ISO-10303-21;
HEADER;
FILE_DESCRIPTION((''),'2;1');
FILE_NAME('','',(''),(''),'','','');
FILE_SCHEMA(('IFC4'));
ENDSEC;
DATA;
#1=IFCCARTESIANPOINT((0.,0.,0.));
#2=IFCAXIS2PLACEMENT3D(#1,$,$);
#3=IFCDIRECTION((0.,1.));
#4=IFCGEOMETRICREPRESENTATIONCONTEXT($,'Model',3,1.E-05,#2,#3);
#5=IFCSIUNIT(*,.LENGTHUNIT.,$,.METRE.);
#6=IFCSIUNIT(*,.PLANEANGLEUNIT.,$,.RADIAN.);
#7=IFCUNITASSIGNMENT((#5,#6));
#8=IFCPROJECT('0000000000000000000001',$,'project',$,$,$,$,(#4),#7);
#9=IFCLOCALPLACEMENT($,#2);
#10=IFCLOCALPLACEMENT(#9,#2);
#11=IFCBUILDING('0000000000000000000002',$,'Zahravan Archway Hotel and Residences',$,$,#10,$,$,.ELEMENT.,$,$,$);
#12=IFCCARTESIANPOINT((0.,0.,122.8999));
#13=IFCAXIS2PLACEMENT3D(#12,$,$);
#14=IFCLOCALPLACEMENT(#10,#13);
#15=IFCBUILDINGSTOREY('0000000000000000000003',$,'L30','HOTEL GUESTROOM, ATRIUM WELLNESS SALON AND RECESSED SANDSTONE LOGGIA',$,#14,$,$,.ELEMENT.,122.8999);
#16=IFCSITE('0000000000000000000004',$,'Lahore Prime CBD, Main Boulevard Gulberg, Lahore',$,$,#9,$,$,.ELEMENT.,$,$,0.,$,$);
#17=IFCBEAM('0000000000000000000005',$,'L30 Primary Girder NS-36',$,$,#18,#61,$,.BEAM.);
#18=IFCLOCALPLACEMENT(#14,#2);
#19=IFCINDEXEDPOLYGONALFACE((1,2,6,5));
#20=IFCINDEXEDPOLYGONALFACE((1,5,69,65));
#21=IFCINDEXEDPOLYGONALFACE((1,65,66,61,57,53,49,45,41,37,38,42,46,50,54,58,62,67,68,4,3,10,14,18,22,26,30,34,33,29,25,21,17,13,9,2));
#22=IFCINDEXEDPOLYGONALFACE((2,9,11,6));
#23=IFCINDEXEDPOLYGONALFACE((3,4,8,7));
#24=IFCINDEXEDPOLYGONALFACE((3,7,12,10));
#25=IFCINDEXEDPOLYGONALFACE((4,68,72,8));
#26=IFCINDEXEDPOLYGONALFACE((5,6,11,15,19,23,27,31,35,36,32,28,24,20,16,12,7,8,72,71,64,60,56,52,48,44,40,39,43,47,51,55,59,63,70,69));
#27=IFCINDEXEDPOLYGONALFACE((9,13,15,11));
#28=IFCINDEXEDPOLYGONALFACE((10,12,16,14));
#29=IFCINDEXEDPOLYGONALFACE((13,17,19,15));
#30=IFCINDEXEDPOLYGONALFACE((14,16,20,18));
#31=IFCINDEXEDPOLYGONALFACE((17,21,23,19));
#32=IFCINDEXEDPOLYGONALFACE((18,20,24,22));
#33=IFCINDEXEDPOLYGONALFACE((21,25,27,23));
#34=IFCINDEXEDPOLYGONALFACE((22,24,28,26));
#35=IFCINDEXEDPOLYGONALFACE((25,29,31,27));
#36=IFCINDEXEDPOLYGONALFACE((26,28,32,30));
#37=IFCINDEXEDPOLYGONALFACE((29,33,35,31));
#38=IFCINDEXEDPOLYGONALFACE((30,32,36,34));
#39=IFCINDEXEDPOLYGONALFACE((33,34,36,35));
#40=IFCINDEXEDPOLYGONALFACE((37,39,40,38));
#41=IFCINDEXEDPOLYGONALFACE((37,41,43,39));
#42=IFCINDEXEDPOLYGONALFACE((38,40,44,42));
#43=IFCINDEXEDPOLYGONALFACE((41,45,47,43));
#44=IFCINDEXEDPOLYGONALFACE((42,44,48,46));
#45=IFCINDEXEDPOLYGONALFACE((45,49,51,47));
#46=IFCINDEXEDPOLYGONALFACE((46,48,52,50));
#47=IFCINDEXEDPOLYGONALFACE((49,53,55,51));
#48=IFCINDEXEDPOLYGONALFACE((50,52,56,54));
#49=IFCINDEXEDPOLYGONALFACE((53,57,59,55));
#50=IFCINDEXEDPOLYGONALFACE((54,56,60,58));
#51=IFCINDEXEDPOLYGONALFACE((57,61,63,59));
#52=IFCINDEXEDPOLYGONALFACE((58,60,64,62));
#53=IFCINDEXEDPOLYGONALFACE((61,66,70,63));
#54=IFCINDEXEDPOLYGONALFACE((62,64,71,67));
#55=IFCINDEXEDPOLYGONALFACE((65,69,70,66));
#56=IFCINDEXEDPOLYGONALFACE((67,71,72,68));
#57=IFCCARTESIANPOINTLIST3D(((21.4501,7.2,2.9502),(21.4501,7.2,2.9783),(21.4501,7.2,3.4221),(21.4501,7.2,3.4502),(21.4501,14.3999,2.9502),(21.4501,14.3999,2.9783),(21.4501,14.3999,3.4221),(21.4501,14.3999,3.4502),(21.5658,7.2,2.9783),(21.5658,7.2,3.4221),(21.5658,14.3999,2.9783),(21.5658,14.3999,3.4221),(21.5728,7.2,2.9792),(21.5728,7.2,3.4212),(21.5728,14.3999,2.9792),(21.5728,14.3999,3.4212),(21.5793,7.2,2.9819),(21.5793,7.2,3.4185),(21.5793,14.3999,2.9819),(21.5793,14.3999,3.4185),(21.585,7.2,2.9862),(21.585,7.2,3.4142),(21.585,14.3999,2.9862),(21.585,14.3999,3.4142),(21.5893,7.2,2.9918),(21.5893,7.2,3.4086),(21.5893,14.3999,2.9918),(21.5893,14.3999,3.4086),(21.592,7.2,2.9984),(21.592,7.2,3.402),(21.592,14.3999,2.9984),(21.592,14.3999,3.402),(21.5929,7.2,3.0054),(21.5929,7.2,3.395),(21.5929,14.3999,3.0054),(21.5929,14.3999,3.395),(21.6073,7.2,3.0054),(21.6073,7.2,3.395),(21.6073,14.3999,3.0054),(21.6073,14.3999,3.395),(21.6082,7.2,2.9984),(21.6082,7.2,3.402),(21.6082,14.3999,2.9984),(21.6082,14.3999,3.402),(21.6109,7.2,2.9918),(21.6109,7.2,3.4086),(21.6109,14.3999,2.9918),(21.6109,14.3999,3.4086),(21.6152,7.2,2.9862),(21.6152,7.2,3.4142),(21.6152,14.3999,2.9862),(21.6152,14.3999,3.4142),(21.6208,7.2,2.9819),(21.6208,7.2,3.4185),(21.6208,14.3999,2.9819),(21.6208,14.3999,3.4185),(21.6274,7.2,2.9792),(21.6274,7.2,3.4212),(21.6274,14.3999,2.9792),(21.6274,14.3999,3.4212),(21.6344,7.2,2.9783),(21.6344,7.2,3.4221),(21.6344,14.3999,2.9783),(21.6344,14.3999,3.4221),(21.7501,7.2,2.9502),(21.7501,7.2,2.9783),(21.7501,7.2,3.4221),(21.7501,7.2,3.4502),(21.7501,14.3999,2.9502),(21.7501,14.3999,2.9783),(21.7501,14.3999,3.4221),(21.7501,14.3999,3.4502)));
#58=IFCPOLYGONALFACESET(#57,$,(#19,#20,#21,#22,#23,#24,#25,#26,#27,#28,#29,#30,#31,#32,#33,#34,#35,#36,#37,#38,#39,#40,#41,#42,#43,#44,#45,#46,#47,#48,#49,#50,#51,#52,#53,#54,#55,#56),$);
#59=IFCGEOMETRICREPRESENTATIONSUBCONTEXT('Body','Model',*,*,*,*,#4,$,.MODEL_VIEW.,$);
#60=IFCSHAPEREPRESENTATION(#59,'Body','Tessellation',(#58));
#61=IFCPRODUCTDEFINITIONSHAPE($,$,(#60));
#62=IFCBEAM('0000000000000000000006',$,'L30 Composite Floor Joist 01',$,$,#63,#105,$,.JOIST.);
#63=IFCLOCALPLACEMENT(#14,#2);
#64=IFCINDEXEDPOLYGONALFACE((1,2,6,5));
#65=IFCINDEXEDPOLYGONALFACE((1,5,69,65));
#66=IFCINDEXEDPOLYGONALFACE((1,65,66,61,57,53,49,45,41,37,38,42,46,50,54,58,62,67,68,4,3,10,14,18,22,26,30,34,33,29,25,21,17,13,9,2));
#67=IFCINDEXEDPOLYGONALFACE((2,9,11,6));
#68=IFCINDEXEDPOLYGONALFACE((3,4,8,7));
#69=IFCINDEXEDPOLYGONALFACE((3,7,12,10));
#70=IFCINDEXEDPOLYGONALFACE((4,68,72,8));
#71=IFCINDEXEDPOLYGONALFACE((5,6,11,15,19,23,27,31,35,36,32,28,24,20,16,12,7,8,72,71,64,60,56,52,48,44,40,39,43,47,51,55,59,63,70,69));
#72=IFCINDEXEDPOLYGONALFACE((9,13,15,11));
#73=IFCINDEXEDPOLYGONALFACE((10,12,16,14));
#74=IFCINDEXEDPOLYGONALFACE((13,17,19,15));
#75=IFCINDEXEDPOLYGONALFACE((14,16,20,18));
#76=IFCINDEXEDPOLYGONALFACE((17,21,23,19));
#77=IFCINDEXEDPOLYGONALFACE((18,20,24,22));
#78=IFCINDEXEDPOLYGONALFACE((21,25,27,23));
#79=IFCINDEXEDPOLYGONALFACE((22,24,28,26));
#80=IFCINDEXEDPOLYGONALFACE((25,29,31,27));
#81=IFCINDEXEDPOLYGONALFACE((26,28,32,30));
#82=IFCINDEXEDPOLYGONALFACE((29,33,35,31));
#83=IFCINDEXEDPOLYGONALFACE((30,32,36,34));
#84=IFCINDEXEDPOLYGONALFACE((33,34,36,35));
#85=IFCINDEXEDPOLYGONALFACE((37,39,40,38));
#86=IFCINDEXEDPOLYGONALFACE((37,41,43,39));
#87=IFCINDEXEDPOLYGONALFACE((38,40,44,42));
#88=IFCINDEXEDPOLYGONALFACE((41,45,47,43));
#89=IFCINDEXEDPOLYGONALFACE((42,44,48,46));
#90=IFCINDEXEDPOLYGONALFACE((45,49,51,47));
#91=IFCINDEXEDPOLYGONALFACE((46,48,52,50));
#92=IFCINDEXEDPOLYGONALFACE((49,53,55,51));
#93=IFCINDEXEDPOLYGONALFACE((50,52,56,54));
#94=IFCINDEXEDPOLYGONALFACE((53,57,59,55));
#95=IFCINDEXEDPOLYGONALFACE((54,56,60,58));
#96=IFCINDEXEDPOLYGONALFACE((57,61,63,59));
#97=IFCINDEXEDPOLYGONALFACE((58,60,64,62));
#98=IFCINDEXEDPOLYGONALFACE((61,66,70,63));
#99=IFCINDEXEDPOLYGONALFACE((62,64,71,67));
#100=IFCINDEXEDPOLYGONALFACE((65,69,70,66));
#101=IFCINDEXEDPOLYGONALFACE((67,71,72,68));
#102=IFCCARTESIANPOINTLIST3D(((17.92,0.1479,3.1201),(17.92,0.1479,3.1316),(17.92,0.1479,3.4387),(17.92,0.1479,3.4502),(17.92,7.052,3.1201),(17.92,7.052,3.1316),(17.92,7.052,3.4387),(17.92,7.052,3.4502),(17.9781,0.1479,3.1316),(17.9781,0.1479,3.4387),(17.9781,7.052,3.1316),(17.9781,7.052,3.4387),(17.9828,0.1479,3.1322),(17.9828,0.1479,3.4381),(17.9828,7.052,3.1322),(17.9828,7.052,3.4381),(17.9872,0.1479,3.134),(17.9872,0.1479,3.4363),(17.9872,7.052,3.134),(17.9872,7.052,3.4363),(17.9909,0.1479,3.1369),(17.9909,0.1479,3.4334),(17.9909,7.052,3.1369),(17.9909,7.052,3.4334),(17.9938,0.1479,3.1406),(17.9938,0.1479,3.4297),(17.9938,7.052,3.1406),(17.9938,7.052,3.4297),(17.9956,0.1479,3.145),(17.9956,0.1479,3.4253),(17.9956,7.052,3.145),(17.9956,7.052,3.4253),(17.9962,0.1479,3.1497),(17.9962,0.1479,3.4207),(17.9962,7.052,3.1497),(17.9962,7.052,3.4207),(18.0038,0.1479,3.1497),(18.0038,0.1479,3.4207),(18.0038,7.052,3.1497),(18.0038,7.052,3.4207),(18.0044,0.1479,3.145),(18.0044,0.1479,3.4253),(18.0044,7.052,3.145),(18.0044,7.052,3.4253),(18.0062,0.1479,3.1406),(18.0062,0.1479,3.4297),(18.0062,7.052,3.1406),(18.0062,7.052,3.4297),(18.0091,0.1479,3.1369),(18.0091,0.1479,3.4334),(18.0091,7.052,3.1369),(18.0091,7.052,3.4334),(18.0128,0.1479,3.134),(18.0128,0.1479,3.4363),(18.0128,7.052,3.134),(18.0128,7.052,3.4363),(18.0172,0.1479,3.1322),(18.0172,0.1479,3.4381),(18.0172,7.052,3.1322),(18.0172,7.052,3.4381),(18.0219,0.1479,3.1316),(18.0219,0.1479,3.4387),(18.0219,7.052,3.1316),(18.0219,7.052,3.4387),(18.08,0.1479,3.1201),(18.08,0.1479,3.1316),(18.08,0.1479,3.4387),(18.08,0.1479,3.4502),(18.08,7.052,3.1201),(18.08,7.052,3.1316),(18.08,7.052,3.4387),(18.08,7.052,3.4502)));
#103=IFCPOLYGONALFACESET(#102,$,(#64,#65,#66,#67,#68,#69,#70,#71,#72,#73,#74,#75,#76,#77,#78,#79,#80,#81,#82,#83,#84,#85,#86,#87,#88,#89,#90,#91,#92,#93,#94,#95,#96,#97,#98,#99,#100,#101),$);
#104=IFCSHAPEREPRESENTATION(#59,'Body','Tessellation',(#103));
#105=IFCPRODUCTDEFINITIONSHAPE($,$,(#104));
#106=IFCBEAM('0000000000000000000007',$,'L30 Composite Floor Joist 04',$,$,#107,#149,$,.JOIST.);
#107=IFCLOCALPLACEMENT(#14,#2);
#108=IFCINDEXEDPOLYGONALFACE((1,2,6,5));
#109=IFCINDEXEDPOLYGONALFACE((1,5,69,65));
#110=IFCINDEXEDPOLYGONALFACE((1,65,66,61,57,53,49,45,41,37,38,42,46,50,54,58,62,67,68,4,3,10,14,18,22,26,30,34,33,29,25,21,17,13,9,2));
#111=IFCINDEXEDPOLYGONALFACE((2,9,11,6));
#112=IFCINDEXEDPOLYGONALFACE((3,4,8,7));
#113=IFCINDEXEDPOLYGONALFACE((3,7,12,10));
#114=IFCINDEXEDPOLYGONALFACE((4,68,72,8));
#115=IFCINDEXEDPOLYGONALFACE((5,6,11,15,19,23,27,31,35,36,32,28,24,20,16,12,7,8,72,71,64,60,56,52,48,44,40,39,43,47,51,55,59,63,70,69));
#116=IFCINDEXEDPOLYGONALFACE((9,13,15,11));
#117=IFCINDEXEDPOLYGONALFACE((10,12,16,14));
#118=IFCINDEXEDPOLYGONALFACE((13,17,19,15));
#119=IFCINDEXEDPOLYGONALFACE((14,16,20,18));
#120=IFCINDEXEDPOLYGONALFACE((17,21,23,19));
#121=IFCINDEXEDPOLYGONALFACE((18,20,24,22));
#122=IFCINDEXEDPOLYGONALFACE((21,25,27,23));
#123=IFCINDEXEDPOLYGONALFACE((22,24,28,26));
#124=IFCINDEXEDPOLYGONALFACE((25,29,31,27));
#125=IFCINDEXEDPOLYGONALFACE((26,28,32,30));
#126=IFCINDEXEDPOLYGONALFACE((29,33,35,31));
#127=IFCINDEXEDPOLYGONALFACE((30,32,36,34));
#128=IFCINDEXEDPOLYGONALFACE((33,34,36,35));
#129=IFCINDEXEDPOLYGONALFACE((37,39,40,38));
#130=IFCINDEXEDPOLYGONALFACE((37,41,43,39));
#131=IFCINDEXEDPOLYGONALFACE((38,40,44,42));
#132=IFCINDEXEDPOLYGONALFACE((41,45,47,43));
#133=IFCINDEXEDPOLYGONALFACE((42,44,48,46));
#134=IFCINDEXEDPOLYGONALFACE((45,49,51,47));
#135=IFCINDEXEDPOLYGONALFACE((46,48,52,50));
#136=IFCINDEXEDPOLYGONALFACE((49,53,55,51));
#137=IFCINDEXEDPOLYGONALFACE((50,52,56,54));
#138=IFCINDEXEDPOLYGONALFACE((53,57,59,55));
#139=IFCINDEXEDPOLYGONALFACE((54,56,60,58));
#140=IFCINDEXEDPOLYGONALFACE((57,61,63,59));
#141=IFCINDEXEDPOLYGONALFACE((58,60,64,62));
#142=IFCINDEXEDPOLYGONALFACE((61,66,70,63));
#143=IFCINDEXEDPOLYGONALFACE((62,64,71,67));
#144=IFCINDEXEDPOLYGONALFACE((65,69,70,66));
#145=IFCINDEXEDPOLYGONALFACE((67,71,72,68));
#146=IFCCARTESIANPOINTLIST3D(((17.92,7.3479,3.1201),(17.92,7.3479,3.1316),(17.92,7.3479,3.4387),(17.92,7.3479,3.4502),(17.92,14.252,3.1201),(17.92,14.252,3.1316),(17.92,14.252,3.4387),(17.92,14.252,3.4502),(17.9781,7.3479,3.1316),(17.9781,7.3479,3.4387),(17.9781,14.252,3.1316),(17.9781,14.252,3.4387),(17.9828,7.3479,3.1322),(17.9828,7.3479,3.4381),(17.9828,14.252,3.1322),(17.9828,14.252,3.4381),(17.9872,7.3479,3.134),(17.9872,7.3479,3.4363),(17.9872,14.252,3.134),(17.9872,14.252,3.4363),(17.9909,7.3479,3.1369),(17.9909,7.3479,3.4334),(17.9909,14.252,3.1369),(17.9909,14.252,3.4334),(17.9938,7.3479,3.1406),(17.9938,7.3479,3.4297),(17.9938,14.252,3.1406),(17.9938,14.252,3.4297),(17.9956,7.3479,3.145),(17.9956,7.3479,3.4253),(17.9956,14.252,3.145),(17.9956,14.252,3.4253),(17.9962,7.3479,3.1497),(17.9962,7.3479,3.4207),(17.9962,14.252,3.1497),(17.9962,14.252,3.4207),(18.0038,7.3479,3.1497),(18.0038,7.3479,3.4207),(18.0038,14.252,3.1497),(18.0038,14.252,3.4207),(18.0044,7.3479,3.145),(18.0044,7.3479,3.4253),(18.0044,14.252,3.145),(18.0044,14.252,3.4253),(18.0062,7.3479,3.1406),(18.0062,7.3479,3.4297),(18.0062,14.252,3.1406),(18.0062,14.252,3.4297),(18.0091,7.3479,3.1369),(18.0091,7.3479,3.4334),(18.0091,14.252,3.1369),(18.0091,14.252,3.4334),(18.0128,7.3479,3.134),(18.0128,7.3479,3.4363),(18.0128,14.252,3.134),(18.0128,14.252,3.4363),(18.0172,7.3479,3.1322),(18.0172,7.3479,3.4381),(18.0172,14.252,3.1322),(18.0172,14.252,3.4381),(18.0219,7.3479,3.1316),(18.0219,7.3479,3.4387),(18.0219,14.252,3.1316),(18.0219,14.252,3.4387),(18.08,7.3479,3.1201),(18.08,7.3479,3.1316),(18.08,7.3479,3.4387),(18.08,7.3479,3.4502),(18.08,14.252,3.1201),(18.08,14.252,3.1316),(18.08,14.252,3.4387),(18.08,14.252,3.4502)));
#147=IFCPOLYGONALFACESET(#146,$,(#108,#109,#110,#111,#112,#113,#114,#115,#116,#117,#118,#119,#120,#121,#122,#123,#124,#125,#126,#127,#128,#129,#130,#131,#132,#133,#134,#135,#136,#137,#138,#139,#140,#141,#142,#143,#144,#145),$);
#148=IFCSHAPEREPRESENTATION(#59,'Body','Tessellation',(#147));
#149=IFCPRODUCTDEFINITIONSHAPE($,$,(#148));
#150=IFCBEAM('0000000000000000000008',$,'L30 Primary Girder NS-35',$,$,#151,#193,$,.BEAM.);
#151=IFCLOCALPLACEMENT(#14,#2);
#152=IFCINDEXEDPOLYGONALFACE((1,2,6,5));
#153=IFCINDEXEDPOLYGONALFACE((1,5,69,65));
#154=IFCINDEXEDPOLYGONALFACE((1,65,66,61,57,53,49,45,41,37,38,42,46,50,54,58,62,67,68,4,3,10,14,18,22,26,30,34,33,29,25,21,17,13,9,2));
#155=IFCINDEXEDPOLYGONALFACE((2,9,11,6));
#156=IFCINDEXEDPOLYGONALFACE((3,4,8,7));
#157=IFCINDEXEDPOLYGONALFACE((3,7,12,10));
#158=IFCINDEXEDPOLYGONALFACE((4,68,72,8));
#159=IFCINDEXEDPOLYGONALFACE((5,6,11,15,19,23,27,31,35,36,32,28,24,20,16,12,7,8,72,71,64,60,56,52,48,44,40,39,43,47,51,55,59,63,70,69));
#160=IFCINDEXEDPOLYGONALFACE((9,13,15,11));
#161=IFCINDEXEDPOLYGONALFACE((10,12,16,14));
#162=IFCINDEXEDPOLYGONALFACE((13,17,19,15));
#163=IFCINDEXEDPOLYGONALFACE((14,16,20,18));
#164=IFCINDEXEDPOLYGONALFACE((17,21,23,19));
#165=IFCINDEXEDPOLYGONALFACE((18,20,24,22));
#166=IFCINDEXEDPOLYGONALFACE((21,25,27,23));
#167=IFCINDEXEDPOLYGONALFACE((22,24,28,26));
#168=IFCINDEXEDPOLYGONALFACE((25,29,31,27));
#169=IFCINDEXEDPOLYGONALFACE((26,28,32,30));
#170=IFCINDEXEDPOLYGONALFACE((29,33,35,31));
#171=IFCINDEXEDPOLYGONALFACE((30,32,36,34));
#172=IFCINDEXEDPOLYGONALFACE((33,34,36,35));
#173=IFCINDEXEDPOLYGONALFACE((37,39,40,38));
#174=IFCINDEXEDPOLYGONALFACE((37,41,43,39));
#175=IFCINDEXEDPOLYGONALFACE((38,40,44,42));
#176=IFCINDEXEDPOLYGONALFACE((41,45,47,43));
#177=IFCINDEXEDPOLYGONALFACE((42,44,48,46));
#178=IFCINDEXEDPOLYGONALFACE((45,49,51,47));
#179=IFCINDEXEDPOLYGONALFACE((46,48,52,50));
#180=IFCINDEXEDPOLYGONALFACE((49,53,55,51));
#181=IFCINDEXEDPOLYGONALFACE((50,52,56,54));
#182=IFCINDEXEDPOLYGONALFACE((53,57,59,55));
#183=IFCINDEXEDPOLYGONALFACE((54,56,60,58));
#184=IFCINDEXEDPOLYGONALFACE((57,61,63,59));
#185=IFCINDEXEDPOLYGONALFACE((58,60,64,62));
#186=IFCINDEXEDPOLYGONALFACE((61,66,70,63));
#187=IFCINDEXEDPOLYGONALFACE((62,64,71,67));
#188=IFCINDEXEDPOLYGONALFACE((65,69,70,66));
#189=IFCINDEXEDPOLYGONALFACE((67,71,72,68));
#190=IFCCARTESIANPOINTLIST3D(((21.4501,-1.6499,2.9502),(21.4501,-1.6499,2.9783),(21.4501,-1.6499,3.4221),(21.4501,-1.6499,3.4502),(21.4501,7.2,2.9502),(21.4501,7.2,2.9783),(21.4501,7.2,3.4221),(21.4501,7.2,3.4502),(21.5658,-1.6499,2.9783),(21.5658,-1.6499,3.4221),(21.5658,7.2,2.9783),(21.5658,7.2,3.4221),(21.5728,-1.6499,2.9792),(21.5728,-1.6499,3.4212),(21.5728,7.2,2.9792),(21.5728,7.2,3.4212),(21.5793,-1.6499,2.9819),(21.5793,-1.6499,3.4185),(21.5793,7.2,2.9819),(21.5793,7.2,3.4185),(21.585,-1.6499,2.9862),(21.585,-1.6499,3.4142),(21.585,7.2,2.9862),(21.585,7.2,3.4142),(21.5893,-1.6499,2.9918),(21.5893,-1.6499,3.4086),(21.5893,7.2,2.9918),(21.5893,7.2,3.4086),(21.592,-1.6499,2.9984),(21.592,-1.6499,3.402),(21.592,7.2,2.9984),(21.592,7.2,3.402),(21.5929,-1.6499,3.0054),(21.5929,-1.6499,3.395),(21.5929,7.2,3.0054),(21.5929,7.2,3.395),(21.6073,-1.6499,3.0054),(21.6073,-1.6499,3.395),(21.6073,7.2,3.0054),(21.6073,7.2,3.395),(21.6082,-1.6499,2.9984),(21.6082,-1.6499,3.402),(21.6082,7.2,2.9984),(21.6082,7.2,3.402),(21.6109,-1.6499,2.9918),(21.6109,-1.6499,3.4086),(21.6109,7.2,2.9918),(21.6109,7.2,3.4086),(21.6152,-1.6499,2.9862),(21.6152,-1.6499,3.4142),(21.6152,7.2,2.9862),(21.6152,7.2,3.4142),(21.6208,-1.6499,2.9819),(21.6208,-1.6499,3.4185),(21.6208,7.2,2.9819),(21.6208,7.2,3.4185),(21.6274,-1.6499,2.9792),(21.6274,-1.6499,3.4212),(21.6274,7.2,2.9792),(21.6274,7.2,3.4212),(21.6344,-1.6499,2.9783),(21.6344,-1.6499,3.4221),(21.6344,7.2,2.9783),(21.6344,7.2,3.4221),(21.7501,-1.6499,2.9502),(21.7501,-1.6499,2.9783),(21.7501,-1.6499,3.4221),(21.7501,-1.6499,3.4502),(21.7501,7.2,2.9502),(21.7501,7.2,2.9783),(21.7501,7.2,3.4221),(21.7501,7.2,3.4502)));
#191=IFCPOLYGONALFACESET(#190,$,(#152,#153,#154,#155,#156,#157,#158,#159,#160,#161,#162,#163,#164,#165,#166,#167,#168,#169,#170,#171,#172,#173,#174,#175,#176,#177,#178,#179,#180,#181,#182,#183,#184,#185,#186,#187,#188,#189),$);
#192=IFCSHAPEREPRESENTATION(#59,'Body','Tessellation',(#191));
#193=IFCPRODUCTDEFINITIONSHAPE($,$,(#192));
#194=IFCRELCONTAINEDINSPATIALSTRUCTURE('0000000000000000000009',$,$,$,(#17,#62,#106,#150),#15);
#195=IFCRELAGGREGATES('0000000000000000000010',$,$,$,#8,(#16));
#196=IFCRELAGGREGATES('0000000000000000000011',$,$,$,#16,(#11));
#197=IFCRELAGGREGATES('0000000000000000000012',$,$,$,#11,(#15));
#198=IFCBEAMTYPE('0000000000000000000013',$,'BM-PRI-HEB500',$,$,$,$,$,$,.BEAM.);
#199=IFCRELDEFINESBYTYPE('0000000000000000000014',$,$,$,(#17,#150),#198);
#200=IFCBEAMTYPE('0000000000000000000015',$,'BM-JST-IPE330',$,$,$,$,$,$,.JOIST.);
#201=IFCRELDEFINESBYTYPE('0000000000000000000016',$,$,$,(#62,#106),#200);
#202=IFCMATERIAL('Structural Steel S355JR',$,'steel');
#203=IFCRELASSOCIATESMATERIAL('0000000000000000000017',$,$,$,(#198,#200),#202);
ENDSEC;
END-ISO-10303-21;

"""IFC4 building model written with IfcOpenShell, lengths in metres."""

from ifc_helpers import new_model, si_unit, direction, frame, origin, origin_2d, place, context, subcontext, project, spatial, i_section, extrude, source, transform, mapped, material, material_profile, profile_set, type_object, type_shapes, element, save


model = new_model("IFC4")

# Units and contexts
model_context = context("Model", 3, precision=1e-05, world=origin(), true_north=direction((0.0, 1.0)))
body_context = subcontext(model_context, "Body", "Model", "MODEL_VIEW")
ifc_project = project(units=[si_unit("LENGTHUNIT", "METRE"), si_unit("PLANEANGLEUNIT", "RADIAN")], contexts=[model_context])

# Site, building, storey
site_placement = place(None, origin())
site = spatial("IfcSite", under=ifc_project, at=site_placement, Name="Lahore Prime CBD, Main Boulevard Gulberg, Lahore", CompositionType="ELEMENT", RefElevation=0.0)
building_placement = place(site_placement, origin())
building = spatial("IfcBuilding", under=site, at=building_placement, Name="Zahravan Archway Hotel and Residences", CompositionType="ELEMENT")
storey_placement = place(building_placement, frame((0.0, 0.0, 122.8999)))
storey = spatial("IfcBuildingStorey", under=building, at=storey_placement, Name="L30", Description="HOTEL GUESTROOM, ATRIUM WELLNESS SALON AND RECESSED SANDSTONE LOGGIA", CompositionType="ELEMENT", Elevation=122.8999)

# Beams
ifc_material_1 = material(Name="Structural Steel S355JR", Category="steel")
ifc_material_profile_1 = material_profile(ifc_material_1, i_section(OverallWidth=0.3, OverallDepth=0.5, WebThickness=0.0144, FlangeThickness=0.0281, FilletRadius=0.0271, at=origin_2d()), Name="HEB 500", Category="steel")
ifc_profile_set_1 = profile_set([ifc_material_profile_1], Name="Structural Steel S355JR")
beam_type_1 = type_object("IfcBeamType", Name="BM-PRI-HEB500", PredefinedType="BEAM", material=ifc_profile_set_1)
shared_shape_1 = source(origin(), body_context, "Body", "SweptSolid", [
    extrude(i_section(OverallWidth=0.3, OverallDepth=0.5, WebThickness=0.0144, FlangeThickness=0.0281, FilletRadius=0.0271, at=origin_2d()), origin(), (0.0, 0.0, 1.0), 7.2),
])
for number, where, z_axis, x_axis, name in (
    (1, (21.6001, 7.2, 3.2002), (0.0, 1.0, 0.0), (-1.0, 0.0, 0.0), "L30 Primary Girder NS-36"),
):
    element("IfcBeam", number, at=place(storey_placement, frame(where, z_axis=z_axis, x_axis=x_axis)), inside=storey, type_object=beam_type_1, Name=name, PredefinedType="BEAM", context=body_context, shape_type="MappedRepresentation", body=[
        mapped(shared_shape_1, transform((0.0, 0.0, 0.0), scale=1.0)),
    ])
ifc_material_profile_2 = material_profile(ifc_material_1, i_section(OverallWidth=0.1599, OverallDepth=0.3301, WebThickness=0.0076, FlangeThickness=0.0115, FilletRadius=0.0181, at=origin_2d()), Name="IPE 330", Category="steel")
ifc_profile_set_2 = profile_set([ifc_material_profile_2], Name="Structural Steel S355JR")
beam_type_2 = type_object("IfcBeamType", Name="BM-JST-IPE330", PredefinedType="JOIST", material=ifc_profile_set_2)
shared_shape_2 = source(origin(), body_context, "Body", "SweptSolid", [
    extrude(i_section(OverallWidth=0.1599, OverallDepth=0.3301, WebThickness=0.0076, FlangeThickness=0.0115, FilletRadius=0.0181, at=origin_2d()), origin(), (0.0, 0.0, 1.0), 6.9041),
])
type_shapes(beam_type_2, [shared_shape_2])
for number, where, z_axis, x_axis, name in (
    (2, (18.0, 0.1479, 3.2852), (0.0, 1.0, 0.0), (-1.0, 0.0, 0.0), "L30 Composite Floor Joist 01"),
    (3, (18.0, 7.3479, 3.2852), (0.0, 1.0, 0.0), (-1.0, 0.0, 0.0), "L30 Composite Floor Joist 04"),
):
    element("IfcBeam", number, at=place(storey_placement, frame(where, z_axis=z_axis, x_axis=x_axis)), inside=storey, type_object=beam_type_2, Name=name, PredefinedType="JOIST", context=body_context, shape_type="MappedRepresentation", body=[
        mapped(shared_shape_2, transform((0.0, 0.0, 0.0), scale=1.0)),
    ])
shared_shape_3 = source(origin(), body_context, "Body", "SweptSolid", [
    extrude(i_section(OverallWidth=0.3, OverallDepth=0.5, WebThickness=0.0144, FlangeThickness=0.0281, FilletRadius=0.0271, at=origin_2d()), origin(), (0.0, 0.0, 1.0), 8.8499),
])
beam_1_placement = place(storey_placement, frame((21.6001, -1.6499, 3.2002), z_axis=(0.0, 1.0, 0.0), x_axis=(-1.0, 0.0, 0.0)))
element("IfcBeam", 4, at=beam_1_placement, inside=storey, type_object=beam_type_1, Name="L30 Primary Girder NS-35", PredefinedType="BEAM", context=body_context, shape_type="MappedRepresentation", body=[
    mapped(shared_shape_3, transform((0.0, 0.0, 0.0), scale=1.0)),
])

save(model, "model.ifc")
